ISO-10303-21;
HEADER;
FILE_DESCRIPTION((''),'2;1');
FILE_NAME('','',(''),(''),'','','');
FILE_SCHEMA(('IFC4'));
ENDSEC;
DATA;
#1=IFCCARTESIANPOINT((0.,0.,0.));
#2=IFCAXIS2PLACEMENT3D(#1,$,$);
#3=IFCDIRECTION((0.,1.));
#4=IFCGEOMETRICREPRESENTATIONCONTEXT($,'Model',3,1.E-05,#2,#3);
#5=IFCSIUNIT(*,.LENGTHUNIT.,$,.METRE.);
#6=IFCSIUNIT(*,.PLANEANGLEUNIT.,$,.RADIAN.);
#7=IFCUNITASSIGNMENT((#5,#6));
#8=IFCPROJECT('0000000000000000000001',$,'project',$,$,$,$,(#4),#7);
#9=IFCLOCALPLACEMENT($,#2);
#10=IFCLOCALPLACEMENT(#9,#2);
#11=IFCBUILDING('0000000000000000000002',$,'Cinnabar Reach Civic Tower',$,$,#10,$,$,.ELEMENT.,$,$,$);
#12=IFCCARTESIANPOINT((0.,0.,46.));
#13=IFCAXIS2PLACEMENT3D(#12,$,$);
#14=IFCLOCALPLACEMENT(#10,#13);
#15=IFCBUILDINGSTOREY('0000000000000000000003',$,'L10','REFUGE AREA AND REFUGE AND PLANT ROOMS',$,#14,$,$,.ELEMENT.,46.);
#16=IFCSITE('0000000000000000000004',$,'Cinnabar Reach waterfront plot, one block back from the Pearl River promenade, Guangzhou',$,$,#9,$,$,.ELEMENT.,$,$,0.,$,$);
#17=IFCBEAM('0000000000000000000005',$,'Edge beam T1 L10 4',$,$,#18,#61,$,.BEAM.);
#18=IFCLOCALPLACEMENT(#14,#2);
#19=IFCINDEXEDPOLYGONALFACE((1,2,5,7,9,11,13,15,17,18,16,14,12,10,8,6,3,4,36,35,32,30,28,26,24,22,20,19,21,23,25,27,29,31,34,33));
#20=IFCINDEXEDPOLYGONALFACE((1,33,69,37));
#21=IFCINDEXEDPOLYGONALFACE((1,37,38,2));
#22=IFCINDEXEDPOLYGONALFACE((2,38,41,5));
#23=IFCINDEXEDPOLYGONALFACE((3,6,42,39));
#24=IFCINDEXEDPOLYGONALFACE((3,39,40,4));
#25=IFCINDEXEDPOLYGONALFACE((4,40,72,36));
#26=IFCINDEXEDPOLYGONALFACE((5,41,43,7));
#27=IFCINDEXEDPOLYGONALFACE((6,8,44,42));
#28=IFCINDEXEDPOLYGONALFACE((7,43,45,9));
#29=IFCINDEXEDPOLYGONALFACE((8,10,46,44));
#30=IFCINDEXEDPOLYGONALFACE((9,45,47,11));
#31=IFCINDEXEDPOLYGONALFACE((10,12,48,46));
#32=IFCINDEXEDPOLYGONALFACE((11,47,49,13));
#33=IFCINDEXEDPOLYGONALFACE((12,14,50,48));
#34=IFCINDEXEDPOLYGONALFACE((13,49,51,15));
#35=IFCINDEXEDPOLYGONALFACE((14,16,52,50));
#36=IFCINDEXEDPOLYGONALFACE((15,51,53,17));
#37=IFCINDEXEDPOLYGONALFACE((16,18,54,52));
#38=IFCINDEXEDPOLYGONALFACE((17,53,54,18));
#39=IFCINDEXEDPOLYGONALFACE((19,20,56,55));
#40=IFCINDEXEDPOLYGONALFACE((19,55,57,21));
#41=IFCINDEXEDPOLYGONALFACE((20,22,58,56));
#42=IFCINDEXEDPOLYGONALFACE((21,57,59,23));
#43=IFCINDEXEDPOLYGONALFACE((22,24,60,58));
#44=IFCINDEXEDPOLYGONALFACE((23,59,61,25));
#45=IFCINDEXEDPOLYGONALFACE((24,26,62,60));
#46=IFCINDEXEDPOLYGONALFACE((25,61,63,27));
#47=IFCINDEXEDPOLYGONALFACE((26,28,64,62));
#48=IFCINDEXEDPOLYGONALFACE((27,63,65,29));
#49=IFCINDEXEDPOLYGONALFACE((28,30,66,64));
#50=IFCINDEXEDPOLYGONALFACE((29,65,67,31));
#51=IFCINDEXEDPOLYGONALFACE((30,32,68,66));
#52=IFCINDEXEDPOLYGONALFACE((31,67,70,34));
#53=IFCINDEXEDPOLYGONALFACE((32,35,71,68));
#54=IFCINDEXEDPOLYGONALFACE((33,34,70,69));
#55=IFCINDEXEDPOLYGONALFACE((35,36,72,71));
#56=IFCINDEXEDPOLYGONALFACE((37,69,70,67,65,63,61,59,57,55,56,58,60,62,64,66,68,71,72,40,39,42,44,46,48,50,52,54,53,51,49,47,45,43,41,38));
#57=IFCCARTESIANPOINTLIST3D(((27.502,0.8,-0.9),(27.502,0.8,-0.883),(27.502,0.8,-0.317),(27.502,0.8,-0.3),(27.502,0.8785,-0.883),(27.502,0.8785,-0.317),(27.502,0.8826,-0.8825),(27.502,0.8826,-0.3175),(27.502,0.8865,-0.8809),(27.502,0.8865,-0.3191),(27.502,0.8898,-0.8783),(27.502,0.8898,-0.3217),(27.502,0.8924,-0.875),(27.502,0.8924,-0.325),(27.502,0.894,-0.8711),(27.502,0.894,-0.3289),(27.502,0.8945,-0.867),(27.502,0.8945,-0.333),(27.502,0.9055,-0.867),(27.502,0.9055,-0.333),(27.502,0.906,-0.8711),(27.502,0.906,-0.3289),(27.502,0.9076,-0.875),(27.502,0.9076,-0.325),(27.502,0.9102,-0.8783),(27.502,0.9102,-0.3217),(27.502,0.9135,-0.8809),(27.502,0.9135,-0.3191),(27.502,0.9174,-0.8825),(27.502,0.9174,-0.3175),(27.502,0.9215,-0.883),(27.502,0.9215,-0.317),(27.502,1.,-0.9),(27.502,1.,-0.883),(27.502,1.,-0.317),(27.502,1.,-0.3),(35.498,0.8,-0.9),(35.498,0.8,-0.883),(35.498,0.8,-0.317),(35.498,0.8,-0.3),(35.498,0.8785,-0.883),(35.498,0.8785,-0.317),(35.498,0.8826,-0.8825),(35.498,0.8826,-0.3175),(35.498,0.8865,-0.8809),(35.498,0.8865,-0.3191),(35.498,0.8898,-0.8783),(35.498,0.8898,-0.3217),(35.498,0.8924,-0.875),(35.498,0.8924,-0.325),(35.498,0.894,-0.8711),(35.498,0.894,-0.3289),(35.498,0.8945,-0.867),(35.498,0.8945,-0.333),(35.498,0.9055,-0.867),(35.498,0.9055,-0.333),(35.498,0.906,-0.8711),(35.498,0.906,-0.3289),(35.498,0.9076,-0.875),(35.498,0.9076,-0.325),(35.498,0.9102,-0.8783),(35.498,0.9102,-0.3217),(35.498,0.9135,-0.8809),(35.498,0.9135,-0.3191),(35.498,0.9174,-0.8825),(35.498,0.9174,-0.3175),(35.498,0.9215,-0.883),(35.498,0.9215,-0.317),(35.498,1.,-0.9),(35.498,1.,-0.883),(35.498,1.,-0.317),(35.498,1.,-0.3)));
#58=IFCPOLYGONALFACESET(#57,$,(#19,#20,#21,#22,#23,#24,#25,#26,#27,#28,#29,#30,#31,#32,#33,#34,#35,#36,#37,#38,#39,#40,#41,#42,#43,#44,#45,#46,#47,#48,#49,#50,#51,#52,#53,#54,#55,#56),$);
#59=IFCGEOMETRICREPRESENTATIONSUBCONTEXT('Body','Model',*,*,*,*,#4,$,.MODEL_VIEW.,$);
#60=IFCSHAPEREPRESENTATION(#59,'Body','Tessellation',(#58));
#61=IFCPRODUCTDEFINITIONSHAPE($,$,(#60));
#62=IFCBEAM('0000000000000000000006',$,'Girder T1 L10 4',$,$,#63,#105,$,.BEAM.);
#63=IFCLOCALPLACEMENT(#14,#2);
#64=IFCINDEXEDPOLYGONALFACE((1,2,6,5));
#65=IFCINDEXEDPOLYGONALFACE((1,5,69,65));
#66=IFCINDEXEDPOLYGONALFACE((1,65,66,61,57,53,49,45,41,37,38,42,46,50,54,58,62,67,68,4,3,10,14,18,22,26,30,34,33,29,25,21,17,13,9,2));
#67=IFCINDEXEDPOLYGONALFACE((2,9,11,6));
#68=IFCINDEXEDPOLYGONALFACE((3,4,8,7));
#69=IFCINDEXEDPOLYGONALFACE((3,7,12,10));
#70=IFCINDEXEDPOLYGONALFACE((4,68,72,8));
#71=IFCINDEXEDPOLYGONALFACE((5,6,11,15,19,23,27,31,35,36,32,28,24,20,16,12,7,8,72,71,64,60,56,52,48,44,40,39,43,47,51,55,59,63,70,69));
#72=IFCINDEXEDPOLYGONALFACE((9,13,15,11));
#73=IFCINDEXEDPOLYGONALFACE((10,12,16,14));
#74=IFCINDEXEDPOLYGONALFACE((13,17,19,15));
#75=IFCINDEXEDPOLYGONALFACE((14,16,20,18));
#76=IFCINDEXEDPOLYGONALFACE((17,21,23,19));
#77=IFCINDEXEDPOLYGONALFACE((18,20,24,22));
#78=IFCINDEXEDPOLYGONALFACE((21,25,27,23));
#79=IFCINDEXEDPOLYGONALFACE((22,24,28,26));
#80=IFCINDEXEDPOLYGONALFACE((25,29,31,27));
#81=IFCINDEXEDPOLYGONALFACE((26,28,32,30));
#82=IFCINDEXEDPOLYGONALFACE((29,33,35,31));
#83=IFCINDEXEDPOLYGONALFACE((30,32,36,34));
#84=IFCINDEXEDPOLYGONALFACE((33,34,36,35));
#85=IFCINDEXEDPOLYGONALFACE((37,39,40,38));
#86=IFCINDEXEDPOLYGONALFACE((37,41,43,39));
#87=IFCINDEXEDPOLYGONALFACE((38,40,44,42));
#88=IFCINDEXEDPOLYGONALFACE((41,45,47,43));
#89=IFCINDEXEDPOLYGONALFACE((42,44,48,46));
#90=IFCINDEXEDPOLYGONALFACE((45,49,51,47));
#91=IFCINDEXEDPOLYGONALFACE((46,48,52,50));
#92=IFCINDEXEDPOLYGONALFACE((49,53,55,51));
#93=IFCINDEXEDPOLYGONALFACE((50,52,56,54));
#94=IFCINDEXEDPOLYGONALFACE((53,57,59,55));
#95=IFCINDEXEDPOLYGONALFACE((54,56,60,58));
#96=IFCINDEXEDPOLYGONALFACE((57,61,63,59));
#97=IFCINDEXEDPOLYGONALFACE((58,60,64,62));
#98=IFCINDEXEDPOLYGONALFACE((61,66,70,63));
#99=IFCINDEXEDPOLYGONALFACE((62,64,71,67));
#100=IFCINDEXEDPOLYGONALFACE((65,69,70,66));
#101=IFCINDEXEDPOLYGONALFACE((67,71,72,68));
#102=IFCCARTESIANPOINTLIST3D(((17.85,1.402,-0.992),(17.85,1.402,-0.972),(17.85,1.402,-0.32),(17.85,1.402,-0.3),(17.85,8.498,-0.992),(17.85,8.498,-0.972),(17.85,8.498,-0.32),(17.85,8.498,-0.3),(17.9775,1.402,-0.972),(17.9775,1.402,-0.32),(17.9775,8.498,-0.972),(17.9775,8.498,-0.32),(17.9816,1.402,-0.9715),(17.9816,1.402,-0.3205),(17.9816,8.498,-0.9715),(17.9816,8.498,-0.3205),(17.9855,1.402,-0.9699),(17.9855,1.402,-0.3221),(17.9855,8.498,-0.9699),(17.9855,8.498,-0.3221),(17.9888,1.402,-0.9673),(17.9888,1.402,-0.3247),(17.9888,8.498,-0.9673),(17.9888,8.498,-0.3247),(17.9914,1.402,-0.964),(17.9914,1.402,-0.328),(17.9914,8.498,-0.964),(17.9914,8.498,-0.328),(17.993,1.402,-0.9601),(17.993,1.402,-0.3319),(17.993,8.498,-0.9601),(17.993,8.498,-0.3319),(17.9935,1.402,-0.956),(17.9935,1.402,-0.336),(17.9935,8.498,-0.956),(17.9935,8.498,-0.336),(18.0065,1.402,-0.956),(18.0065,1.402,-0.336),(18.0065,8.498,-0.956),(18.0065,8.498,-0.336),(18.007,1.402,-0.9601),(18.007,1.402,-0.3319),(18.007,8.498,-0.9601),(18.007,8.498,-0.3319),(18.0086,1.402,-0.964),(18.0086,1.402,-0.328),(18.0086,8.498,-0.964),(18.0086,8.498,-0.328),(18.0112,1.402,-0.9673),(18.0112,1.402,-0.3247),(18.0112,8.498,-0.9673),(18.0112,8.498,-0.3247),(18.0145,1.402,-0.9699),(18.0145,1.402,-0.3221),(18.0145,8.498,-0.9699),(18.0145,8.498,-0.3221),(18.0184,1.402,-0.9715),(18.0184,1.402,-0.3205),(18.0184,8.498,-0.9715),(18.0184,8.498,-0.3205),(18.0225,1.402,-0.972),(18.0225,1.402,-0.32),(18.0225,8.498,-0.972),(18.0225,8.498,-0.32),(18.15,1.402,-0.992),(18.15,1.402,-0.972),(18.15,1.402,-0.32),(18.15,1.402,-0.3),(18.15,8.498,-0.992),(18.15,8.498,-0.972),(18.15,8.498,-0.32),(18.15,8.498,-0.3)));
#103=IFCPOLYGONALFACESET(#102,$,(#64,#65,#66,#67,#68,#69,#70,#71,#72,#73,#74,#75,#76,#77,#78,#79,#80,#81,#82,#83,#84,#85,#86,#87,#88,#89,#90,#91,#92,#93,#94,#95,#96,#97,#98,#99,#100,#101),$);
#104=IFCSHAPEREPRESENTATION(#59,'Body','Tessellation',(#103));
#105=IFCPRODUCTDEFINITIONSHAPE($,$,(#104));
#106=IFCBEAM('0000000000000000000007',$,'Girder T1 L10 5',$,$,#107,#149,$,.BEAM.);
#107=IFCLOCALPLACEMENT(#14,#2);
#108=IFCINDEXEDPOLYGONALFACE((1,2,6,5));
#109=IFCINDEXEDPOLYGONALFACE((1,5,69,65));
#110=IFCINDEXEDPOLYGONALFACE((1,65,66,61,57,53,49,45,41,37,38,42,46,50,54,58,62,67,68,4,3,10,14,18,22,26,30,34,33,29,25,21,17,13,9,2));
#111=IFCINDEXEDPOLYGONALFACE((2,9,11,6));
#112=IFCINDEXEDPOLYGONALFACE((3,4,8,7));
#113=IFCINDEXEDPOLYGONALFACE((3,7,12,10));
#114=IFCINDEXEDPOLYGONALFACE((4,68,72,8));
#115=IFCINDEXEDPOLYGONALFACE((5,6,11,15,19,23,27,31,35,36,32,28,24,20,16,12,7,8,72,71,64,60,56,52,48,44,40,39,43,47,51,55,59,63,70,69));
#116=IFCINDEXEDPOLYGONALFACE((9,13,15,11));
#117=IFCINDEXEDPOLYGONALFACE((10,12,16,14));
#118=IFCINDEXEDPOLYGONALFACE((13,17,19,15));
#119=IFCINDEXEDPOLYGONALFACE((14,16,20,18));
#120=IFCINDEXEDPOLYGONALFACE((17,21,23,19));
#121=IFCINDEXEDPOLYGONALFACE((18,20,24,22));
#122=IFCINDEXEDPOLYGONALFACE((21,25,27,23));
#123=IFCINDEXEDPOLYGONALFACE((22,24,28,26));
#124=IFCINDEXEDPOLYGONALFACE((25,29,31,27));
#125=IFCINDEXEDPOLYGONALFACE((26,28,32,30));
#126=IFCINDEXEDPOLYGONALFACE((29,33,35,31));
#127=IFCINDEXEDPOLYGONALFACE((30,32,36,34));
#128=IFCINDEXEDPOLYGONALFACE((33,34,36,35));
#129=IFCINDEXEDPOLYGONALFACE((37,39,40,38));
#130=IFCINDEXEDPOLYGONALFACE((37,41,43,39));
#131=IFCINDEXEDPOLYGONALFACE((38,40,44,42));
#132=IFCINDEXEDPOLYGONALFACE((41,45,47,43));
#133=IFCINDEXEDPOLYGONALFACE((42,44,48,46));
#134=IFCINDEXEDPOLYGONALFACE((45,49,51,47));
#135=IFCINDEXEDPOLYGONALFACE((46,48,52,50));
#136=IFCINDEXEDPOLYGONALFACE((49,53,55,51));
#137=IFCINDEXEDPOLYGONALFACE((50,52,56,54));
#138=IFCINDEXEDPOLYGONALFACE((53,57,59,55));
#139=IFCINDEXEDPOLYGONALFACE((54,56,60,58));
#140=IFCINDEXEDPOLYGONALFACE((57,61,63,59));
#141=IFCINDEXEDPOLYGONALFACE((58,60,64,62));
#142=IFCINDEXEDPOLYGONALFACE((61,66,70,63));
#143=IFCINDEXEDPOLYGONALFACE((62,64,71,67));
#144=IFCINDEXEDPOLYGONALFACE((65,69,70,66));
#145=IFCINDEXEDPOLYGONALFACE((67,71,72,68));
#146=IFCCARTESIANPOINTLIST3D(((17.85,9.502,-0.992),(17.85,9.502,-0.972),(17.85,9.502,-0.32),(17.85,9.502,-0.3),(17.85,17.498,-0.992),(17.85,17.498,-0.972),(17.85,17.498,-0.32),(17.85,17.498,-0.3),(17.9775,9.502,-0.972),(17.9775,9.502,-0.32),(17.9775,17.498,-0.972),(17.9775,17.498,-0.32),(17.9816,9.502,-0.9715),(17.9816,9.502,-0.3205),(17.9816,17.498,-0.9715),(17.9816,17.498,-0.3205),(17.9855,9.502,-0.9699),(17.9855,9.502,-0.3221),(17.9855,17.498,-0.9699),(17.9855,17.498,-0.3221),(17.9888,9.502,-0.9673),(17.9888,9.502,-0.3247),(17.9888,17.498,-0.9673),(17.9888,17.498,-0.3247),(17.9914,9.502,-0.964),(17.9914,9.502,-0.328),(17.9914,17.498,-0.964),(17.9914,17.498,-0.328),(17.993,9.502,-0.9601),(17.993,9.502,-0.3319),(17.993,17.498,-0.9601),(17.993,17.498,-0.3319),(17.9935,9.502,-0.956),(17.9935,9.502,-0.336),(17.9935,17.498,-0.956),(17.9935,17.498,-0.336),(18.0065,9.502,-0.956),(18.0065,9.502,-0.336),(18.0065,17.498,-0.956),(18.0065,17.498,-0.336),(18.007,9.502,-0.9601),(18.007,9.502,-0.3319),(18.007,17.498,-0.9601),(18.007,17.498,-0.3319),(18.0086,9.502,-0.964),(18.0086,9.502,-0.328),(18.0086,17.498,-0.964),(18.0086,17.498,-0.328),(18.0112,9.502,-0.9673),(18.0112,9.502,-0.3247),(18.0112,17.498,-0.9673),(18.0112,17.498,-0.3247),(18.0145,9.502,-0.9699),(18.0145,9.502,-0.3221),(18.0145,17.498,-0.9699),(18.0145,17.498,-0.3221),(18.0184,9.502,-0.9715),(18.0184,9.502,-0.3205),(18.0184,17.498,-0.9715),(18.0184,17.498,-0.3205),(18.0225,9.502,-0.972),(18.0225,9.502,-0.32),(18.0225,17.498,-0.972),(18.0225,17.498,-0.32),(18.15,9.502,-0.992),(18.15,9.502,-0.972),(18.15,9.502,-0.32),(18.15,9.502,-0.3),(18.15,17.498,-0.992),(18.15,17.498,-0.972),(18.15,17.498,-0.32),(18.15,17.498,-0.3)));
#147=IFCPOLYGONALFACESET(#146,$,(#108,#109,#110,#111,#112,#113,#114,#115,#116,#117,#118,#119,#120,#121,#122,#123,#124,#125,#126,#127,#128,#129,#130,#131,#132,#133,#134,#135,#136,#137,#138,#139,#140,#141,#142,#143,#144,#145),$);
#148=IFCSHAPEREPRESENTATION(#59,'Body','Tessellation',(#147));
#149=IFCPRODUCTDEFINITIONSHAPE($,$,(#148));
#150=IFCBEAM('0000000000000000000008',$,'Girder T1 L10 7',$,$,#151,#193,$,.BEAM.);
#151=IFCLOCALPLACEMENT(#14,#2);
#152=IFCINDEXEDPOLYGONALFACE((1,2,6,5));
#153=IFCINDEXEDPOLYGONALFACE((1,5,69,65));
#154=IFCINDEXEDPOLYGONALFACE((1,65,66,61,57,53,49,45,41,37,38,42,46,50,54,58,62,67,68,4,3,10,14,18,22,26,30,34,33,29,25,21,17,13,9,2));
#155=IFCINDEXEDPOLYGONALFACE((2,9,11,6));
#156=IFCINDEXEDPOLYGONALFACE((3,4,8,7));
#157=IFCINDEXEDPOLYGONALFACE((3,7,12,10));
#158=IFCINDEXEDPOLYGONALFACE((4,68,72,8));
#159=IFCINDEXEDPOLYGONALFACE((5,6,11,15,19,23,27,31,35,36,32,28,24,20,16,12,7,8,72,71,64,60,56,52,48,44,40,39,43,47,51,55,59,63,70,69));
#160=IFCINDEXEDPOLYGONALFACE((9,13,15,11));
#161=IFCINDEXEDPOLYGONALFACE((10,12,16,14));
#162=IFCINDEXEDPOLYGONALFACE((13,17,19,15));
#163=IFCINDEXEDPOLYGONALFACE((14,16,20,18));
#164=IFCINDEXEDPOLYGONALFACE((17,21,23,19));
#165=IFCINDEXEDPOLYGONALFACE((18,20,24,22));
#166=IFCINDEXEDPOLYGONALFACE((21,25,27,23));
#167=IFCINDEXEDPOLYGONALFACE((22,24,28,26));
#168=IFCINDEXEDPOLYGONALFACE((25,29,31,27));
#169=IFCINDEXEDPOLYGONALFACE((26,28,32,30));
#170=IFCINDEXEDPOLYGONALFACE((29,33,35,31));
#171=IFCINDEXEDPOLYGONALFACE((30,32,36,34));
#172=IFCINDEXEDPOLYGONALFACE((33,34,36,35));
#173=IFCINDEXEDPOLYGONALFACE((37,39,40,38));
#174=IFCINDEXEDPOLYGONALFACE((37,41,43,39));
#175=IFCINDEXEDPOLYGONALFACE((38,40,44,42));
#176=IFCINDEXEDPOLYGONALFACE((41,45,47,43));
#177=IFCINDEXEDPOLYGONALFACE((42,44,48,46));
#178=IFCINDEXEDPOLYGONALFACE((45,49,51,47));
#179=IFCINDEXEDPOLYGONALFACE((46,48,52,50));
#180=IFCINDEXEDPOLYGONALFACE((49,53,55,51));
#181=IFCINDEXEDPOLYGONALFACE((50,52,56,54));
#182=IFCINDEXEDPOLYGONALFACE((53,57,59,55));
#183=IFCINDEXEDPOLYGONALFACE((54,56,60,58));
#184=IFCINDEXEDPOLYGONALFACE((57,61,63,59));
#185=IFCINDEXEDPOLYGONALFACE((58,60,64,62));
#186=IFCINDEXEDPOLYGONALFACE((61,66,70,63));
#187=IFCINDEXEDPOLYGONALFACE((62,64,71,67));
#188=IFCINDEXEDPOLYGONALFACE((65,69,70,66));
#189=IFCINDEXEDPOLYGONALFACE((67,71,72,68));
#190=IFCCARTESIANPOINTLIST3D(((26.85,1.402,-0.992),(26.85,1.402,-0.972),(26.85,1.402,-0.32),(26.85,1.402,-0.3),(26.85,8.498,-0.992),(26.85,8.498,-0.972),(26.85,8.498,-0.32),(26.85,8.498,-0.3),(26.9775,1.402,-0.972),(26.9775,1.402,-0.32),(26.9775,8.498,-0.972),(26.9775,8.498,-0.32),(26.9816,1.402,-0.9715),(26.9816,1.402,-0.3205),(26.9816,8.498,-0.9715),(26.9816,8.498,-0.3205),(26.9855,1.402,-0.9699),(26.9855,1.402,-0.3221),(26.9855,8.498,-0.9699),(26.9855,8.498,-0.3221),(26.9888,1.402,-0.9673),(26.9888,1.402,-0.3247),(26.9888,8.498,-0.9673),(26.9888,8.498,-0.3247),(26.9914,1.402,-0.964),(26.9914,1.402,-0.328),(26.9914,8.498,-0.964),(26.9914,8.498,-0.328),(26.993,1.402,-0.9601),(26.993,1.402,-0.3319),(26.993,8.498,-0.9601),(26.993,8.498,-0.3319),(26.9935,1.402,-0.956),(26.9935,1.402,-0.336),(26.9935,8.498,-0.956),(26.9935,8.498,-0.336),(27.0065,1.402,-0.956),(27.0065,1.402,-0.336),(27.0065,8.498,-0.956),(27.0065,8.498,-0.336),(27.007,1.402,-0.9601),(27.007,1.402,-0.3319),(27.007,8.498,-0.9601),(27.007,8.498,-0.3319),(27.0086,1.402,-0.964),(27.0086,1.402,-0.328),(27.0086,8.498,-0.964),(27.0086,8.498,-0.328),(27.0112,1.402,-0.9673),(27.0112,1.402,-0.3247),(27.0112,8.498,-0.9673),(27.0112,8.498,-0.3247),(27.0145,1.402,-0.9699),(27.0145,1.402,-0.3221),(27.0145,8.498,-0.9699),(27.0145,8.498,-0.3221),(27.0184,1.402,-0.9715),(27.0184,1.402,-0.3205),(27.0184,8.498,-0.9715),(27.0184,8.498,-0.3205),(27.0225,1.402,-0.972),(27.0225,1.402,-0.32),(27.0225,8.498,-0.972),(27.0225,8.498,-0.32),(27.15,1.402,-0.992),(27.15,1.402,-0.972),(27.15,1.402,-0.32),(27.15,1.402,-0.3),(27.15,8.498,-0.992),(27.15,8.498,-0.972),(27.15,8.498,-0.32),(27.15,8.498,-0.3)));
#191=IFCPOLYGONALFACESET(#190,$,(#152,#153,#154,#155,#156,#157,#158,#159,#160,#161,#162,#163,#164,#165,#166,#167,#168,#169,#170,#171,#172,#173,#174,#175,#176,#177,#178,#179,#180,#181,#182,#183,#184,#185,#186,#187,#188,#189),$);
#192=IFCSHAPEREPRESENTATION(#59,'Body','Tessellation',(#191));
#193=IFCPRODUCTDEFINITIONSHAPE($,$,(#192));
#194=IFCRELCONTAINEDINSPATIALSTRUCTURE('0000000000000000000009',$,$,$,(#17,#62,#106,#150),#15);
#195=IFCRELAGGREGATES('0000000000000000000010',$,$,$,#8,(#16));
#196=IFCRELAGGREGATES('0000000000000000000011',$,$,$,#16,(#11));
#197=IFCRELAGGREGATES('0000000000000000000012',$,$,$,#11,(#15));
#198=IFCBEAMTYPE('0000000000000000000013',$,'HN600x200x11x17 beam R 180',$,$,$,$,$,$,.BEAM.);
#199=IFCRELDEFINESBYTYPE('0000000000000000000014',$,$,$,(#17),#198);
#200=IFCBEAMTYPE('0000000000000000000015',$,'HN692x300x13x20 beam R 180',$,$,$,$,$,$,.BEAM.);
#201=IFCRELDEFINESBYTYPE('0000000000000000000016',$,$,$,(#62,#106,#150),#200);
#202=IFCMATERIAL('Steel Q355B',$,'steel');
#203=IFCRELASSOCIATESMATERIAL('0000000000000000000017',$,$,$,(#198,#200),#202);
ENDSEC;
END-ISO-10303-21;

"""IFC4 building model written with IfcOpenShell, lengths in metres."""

from ifc_helpers import new_model, si_unit, direction, frame, origin, origin_2d, place, context, subcontext, project, spatial, i_section, extrude, material, material_profile, profile_set, type_object, element, save


model = new_model("IFC4")

# Units and contexts
model_context = context("Model", 3, precision=1e-05, world=origin(), true_north=direction((0.0, 1.0)))
body_context = subcontext(model_context, "Body", "Model", "MODEL_VIEW")
ifc_project = project(units=[si_unit("LENGTHUNIT", "METRE"), si_unit("PLANEANGLEUNIT", "RADIAN")], contexts=[model_context])

# Site, building, storey
site_placement = place(None, origin())
site = spatial("IfcSite", under=ifc_project, at=site_placement, Name="Cinnabar Reach waterfront plot, one block back from the Pearl River promenade, Guangzhou", CompositionType="ELEMENT", RefElevation=0.0)
building_placement = place(site_placement, origin())
building = spatial("IfcBuilding", under=site, at=building_placement, Name="Cinnabar Reach Civic Tower", CompositionType="ELEMENT")
storey_placement = place(building_placement, frame((0.0, 0.0, 46.0)))
storey = spatial("IfcBuildingStorey", under=building, at=storey_placement, Name="L10", Description="REFUGE AREA AND REFUGE AND PLANT ROOMS", CompositionType="ELEMENT", Elevation=46.0)

# Shared definitions
ifc_material_1 = material(Name="Steel Q355B", Category="steel")

# Beams
ifc_material_profile_1 = material_profile(ifc_material_1, i_section(OverallWidth=0.2, OverallDepth=0.6, WebThickness=0.011, FlangeThickness=0.017, FilletRadius=0.016, at=origin_2d()), Name="HN600x200x11x17")
ifc_profile_set_1 = profile_set([ifc_material_profile_1], Name="Steel Q355B")
beam_type_1 = type_object("IfcBeamType", Name="HN600x200x11x17 beam R 180", PredefinedType="BEAM", material=ifc_profile_set_1)
for number, where, z_axis, x_axis, name in (
    (1, (27.502, 0.9, -0.6), (1.0, 0.0, 0.0), (0.0, 1.0, 0.0), "Edge beam T1 L10 4"),
):
    element("IfcBeam", number, at=place(storey_placement, frame(where, z_axis=z_axis, x_axis=x_axis)), inside=storey, type_object=beam_type_1, Name=name, PredefinedType="BEAM", context=body_context, shape_type="SweptSolid", body=[
        extrude(i_section(OverallWidth=0.2, OverallDepth=0.6, WebThickness=0.011, FlangeThickness=0.017, FilletRadius=0.016, at=origin_2d()), origin(), (0.0, 0.0, 1.0), 7.996),
    ])
ifc_material_profile_2 = material_profile(ifc_material_1, i_section(OverallWidth=0.3, OverallDepth=0.692, WebThickness=0.013, FlangeThickness=0.02, FilletRadius=0.016, at=origin_2d()), Name="HN692x300x13x20")
ifc_profile_set_2 = profile_set([ifc_material_profile_2], Name="Steel Q355B")
beam_type_2 = type_object("IfcBeamType", Name="HN692x300x13x20 beam R 180", PredefinedType="BEAM", material=ifc_profile_set_2)
beam_1_placement = place(storey_placement, frame((18.0, 1.402, -0.646), z_axis=(0.0, 1.0, 0.0), x_axis=(-1.0, 0.0, 0.0)))
element("IfcBeam", 2, at=beam_1_placement, inside=storey, type_object=beam_type_2, Name="Girder T1 L10 4", PredefinedType="BEAM", context=body_context, shape_type="SweptSolid", body=[
    extrude(i_section(OverallWidth=0.3, OverallDepth=0.692, WebThickness=0.013, FlangeThickness=0.02, FilletRadius=0.016, at=origin_2d()), origin(), (0.0, 0.0, 1.0), 7.096),
])
beam_2_placement = place(storey_placement, frame((18.0, 9.502, -0.646), z_axis=(0.0, 1.0, 0.0), x_axis=(-1.0, 0.0, 0.0)))
element("IfcBeam", 3, at=beam_2_placement, inside=storey, type_object=beam_type_2, Name="Girder T1 L10 5", PredefinedType="BEAM", context=body_context, shape_type="SweptSolid", body=[
    extrude(i_section(OverallWidth=0.3, OverallDepth=0.692, WebThickness=0.013, FlangeThickness=0.02, FilletRadius=0.016, at=origin_2d()), origin(), (0.0, 0.0, 1.0), 7.996),
])
beam_3_placement = place(storey_placement, frame((27.0, 1.402, -0.646), z_axis=(0.0, 1.0, 0.0), x_axis=(-1.0, 0.0, 0.0)))
element("IfcBeam", 4, at=beam_3_placement, inside=storey, type_object=beam_type_2, Name="Girder T1 L10 7", PredefinedType="BEAM", context=body_context, shape_type="SweptSolid", body=[
    extrude(i_section(OverallWidth=0.3, OverallDepth=0.692, WebThickness=0.013, FlangeThickness=0.02, FilletRadius=0.016, at=origin_2d()), origin(), (0.0, 0.0, 1.0), 7.096),
])

save(model, "model.ifc")
